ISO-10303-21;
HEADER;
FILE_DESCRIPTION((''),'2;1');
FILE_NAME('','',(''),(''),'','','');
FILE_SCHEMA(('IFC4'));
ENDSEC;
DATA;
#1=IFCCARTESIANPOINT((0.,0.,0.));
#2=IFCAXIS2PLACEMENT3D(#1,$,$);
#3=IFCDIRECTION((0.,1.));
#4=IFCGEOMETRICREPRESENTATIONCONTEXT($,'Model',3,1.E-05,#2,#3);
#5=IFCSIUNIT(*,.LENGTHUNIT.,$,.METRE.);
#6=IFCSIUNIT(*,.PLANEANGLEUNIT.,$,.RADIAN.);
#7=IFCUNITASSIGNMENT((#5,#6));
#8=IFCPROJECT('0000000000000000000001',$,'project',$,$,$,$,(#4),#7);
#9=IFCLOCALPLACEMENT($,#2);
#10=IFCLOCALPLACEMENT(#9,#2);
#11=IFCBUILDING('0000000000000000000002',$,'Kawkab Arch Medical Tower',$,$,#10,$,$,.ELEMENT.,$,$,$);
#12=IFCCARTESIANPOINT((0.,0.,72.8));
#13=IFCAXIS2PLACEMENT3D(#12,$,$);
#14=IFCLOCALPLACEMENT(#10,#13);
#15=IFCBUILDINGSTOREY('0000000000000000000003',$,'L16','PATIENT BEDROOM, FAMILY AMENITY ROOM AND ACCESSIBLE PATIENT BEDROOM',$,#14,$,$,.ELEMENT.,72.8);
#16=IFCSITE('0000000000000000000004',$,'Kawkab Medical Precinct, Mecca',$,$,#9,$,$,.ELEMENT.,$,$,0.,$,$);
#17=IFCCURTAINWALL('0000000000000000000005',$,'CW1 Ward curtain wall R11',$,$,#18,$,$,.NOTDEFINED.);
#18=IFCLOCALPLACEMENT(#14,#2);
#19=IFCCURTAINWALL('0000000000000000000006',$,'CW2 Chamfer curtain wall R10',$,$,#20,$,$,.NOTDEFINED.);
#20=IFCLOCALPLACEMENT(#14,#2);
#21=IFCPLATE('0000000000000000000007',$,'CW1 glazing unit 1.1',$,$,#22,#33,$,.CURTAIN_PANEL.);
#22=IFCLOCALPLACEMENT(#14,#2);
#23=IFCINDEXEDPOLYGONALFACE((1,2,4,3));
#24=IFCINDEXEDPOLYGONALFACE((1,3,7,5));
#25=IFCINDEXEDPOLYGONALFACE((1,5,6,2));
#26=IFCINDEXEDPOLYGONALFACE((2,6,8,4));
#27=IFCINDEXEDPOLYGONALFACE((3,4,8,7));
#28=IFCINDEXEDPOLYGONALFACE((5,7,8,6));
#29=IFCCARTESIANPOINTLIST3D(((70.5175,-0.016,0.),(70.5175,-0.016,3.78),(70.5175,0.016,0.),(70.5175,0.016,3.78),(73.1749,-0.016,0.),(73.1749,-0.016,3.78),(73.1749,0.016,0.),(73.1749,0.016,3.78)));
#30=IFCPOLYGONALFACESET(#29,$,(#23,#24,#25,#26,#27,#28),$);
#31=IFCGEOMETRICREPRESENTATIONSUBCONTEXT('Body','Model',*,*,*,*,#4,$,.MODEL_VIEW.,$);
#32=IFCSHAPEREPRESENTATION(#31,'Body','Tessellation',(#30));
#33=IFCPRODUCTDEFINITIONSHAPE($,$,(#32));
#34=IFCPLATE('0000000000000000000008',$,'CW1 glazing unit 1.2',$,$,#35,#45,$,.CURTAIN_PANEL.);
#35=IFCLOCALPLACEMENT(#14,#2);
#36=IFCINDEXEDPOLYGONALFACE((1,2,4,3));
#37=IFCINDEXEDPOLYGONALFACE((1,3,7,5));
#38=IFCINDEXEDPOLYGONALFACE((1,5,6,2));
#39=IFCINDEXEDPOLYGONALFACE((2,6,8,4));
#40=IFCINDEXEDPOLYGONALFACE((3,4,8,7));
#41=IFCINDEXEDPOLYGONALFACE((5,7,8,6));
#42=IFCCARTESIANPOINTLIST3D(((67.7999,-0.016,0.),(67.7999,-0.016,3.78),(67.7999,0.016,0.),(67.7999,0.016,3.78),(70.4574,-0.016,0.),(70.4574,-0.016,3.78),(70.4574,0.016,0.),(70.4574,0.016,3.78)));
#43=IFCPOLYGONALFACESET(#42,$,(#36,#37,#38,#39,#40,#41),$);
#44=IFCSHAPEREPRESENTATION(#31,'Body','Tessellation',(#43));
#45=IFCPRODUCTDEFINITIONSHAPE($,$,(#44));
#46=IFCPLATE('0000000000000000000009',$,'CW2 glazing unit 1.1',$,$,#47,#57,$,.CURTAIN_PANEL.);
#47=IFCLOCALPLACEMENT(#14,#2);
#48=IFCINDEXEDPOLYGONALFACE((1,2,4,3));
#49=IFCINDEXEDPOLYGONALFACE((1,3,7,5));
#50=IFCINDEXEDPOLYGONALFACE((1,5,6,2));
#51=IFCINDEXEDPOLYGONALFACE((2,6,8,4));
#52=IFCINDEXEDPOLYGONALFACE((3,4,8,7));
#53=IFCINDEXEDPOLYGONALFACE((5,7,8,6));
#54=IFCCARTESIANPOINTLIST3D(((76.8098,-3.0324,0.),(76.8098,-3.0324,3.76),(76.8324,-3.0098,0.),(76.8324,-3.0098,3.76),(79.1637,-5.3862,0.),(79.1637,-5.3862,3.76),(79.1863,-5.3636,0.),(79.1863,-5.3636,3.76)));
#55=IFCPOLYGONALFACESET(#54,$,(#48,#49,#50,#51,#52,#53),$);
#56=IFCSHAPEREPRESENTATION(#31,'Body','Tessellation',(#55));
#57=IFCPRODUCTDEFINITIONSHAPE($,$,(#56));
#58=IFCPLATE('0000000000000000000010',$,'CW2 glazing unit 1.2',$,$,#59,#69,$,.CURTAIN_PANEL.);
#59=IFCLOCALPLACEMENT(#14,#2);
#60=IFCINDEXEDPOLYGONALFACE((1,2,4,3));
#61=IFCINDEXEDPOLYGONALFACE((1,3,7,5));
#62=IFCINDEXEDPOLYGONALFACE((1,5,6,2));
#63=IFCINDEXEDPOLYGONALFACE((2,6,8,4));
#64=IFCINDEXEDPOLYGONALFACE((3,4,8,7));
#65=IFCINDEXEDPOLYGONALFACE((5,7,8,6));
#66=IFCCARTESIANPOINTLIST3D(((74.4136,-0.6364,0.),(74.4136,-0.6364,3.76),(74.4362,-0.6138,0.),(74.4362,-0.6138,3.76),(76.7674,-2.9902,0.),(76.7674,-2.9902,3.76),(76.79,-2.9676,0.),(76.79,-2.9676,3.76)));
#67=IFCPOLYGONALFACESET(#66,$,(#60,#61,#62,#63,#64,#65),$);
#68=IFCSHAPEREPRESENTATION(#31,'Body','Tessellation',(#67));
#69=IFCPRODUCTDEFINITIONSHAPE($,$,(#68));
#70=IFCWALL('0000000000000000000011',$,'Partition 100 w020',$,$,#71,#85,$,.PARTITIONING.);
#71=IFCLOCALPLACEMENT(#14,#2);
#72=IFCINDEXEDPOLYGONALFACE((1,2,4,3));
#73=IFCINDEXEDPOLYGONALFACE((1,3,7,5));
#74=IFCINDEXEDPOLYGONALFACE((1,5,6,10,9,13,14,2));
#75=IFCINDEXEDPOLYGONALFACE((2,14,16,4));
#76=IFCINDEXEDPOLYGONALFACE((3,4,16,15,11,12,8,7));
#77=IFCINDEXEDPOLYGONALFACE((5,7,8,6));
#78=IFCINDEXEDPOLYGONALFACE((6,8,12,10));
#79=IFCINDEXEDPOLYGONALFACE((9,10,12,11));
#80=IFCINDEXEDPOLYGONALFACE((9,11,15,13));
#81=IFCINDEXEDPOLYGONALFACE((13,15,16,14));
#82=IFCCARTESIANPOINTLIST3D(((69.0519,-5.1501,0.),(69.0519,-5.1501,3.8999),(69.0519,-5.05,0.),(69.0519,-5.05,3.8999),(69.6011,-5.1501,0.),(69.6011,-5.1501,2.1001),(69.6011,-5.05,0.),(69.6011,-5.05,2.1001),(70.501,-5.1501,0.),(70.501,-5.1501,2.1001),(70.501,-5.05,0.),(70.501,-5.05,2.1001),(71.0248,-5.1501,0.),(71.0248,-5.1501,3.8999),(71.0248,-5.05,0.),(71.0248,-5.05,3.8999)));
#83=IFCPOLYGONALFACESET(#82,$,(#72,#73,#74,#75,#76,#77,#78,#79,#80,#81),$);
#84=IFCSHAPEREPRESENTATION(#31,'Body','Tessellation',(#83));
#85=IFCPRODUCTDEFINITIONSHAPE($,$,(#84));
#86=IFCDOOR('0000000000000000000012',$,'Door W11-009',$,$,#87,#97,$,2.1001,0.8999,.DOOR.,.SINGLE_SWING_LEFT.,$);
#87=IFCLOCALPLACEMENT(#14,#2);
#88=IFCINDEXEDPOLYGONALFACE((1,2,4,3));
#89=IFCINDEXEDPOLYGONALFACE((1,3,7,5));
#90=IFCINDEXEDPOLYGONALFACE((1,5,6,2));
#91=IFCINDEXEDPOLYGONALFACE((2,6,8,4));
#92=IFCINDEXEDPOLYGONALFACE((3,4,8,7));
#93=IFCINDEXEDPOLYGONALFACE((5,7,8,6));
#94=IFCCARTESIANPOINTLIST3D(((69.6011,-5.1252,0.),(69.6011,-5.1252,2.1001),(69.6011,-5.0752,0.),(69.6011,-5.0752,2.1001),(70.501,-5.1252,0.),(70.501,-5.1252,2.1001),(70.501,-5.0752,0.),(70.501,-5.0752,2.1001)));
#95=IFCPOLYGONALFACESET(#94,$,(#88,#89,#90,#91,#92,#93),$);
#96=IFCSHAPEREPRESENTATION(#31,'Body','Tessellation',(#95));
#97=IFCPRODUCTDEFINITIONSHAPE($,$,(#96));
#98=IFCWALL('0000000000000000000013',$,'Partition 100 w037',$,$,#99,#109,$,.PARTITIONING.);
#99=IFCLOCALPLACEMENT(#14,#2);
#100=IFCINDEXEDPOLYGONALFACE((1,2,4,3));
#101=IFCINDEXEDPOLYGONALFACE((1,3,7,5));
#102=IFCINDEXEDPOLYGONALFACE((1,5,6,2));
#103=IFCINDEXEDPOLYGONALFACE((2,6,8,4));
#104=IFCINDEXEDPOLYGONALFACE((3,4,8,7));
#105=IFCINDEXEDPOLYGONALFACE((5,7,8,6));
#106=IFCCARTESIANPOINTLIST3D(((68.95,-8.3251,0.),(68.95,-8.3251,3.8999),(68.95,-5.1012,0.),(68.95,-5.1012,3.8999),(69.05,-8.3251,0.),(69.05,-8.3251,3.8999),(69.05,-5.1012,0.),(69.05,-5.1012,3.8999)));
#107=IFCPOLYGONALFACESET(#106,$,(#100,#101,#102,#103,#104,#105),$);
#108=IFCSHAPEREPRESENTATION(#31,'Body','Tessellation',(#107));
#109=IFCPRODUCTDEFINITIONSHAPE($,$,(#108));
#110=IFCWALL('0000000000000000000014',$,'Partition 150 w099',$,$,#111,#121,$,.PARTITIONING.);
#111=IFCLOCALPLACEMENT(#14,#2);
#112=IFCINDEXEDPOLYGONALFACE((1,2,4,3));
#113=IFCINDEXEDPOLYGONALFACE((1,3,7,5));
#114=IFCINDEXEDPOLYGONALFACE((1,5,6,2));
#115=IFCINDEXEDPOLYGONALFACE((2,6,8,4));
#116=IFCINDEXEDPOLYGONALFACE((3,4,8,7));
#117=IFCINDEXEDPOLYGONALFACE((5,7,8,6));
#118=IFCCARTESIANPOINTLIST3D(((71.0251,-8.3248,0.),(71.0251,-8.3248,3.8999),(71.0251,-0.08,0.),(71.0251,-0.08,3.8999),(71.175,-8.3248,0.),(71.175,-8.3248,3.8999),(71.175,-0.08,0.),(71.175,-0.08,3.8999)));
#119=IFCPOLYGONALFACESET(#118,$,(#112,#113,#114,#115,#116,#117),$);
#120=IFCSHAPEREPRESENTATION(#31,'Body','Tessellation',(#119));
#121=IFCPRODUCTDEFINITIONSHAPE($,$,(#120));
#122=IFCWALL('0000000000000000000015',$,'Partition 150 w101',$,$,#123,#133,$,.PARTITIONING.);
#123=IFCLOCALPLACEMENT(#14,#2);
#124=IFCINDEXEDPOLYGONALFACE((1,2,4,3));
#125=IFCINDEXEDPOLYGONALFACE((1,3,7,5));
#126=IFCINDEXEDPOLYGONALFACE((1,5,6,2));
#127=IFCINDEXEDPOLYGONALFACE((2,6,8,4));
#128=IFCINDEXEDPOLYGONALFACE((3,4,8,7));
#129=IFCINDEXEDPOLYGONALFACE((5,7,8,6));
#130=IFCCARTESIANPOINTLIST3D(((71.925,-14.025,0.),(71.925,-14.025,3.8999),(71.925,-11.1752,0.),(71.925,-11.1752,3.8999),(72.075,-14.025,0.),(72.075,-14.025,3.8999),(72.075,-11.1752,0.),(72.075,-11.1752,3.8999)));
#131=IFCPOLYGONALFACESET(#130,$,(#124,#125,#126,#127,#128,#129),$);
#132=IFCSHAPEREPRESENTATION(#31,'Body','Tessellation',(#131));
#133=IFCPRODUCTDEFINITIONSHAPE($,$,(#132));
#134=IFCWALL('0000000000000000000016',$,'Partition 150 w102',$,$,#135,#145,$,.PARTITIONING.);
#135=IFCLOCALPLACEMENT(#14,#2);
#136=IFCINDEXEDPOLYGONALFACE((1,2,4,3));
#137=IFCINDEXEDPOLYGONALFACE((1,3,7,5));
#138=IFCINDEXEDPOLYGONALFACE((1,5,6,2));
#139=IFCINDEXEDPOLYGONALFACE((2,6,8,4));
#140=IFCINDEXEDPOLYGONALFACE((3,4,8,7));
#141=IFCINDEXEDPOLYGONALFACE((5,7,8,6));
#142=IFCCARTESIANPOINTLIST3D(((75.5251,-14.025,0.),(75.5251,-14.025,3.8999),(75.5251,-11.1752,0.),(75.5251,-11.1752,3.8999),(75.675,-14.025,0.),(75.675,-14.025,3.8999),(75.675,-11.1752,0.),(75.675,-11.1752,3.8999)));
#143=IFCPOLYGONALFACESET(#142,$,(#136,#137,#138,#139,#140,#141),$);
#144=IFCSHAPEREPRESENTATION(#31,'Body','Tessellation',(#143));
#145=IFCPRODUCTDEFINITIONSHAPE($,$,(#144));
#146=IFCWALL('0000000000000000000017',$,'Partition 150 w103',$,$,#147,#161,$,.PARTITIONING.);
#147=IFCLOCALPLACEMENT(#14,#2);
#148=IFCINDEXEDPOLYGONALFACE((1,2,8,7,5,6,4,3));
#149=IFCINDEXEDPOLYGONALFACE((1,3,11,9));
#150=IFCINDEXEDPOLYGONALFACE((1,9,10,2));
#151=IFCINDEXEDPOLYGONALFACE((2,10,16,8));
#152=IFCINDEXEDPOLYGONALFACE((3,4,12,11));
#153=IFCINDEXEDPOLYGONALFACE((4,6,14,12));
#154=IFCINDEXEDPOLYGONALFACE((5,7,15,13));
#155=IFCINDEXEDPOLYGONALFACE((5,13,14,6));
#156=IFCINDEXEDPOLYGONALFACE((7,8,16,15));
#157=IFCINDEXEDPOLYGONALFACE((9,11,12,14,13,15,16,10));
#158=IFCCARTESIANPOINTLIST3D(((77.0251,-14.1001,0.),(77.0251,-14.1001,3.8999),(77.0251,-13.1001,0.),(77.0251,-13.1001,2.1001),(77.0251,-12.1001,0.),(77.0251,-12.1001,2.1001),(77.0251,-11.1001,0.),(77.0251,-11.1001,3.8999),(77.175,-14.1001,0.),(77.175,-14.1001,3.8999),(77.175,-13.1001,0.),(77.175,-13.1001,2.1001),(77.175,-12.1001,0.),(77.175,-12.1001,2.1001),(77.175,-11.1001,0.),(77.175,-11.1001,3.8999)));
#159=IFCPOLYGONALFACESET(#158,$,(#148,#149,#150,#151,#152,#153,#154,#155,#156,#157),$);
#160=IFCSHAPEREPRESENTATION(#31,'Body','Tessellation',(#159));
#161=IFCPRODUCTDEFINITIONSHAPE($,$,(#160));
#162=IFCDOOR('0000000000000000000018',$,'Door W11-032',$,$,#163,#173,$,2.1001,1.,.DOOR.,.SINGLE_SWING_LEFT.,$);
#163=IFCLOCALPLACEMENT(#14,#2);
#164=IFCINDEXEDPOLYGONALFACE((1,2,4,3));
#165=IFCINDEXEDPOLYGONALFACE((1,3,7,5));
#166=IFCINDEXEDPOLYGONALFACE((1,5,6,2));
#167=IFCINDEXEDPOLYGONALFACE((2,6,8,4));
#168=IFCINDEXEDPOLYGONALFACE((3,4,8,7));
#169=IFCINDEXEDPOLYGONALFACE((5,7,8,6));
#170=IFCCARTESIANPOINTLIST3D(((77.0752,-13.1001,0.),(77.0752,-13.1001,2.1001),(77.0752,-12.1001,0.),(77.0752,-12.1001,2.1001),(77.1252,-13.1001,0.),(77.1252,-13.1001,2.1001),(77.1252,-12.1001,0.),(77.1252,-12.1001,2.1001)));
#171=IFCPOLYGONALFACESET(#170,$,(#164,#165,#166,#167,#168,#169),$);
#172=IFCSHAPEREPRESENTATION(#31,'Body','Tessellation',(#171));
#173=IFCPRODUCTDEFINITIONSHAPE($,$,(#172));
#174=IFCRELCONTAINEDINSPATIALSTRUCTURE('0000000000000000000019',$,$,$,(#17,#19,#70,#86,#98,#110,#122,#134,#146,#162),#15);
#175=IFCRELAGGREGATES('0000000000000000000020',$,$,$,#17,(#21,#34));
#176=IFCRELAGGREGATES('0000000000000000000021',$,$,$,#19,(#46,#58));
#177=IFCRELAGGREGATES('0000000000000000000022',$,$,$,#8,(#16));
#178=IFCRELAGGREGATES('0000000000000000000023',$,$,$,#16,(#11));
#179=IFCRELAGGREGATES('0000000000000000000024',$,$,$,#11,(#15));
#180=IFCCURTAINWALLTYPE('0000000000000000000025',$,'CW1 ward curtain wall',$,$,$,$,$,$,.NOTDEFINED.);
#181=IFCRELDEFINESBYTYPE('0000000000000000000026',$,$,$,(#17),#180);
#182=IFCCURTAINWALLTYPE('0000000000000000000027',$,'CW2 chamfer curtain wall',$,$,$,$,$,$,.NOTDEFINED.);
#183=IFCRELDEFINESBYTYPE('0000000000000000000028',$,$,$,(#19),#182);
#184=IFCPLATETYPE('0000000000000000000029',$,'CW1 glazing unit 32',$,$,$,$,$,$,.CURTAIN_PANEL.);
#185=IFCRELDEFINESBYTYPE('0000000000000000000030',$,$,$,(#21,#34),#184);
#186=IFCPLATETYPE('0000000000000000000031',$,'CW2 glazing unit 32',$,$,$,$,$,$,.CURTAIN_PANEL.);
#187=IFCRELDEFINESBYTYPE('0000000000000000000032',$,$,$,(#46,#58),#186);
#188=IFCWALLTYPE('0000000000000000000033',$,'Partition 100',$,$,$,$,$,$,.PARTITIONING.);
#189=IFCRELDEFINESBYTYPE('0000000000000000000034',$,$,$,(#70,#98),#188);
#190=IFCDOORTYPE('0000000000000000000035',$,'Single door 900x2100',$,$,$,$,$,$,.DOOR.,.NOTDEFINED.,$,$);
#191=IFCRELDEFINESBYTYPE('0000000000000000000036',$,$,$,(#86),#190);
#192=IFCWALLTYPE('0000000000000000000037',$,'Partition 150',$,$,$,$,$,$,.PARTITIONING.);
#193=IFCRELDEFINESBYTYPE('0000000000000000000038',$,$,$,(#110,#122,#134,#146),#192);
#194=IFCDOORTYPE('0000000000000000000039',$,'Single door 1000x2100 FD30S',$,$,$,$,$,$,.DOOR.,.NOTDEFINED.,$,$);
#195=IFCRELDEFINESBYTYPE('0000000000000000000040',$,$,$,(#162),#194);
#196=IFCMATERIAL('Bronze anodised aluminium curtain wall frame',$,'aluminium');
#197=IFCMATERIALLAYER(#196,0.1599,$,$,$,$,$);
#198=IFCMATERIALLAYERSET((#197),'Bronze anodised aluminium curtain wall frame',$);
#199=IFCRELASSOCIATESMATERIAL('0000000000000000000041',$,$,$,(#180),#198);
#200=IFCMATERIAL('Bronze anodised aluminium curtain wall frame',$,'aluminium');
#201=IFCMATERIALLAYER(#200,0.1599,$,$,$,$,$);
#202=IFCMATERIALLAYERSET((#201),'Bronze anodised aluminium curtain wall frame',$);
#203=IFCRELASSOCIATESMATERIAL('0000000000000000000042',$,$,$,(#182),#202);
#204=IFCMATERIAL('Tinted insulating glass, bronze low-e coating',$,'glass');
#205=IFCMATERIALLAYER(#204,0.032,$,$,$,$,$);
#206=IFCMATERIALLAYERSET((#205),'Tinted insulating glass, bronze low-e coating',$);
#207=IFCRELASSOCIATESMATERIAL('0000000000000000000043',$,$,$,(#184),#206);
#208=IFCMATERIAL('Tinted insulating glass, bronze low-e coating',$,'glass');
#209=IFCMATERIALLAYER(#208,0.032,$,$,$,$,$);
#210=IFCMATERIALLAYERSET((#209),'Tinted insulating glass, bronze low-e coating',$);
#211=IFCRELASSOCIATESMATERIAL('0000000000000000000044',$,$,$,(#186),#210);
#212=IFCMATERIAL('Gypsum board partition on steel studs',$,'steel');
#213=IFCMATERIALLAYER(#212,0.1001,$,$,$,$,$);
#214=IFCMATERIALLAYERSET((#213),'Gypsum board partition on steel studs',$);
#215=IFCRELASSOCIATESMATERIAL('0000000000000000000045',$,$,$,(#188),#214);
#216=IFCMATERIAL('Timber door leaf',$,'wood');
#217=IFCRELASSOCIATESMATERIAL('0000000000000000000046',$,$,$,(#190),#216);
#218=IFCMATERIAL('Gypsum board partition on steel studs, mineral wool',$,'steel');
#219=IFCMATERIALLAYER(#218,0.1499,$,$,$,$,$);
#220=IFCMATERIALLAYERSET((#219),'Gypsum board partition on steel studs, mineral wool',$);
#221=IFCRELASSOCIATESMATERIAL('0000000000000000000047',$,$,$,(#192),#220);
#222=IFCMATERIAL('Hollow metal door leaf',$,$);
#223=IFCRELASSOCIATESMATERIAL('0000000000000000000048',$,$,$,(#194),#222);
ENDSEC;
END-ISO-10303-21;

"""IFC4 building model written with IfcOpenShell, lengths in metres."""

from ifc_helpers import new_model, si_unit, direction, frame, frame_2d, origin, origin_2d, place, context, subcontext, project, spatial, rectangle, extrude, material, layer, layer_set, type_object, element, fill, aggregate, save


model = new_model("IFC4")

# Units and contexts
model_context = context("Model", 3, precision=1e-05, world=origin(), true_north=direction((0.0, 1.0)))
body_context = subcontext(model_context, "Body", "Model", "MODEL_VIEW")
ifc_project = project(units=[si_unit("LENGTHUNIT", "METRE"), si_unit("PLANEANGLEUNIT", "RADIAN")], contexts=[model_context])

# Site, building, storey
site_placement = place(None, origin())
site = spatial("IfcSite", under=ifc_project, at=site_placement, Name="Kawkab Medical Precinct, Mecca", CompositionType="ELEMENT", RefElevation=0.0)
building_placement = place(site_placement, origin())
building = spatial("IfcBuilding", under=site, at=building_placement, Name="Kawkab Arch Medical Tower", CompositionType="ELEMENT")
storey_placement = place(building_placement, frame((0.0, 0.0, 72.8)))
storey = spatial("IfcBuildingStorey", under=building, at=storey_placement, Name="L16", Description="PATIENT BEDROOM, FAMILY AMENITY ROOM AND ACCESSIBLE PATIENT BEDROOM", CompositionType="ELEMENT", Elevation=72.8)

# Curtain walls
ifc_material_1 = material(Name="Bronze anodised aluminium curtain wall frame", Category="aluminium")
ifc_layer_1 = layer(ifc_material_1, 0.1599)
ifc_layer_set_1 = layer_set([ifc_layer_1], Name="Bronze anodised aluminium curtain wall frame")
curtain_wall_type_1 = type_object("IfcCurtainWallType", Name="CW1 ward curtain wall", PredefinedType="NOTDEFINED", material=ifc_layer_set_1)
placement = place(storey_placement, origin())
curtain_wall_1 = element("IfcCurtainWall", 1, at=placement, inside=storey, type_object=curtain_wall_type_1, Name="CW1 Ward curtain wall R11", PredefinedType="NOTDEFINED")
ifc_material_2 = material(Name="Bronze anodised aluminium curtain wall frame", Category="aluminium")
ifc_layer_2 = layer(ifc_material_2, 0.1599)
ifc_layer_set_2 = layer_set([ifc_layer_2], Name="Bronze anodised aluminium curtain wall frame")
curtain_wall_type_2 = type_object("IfcCurtainWallType", Name="CW2 chamfer curtain wall", PredefinedType="NOTDEFINED", material=ifc_layer_set_2)
curtain_wall_2 = element("IfcCurtainWall", 2, at=placement, inside=storey, type_object=curtain_wall_type_2, Name="CW2 Chamfer curtain wall R10", PredefinedType="NOTDEFINED")

# Plates
ifc_material_3 = material(Name="Tinted insulating glass, bronze low-e coating", Category="glass")
ifc_layer_3 = layer(ifc_material_3, 0.032)
ifc_layer_set_3 = layer_set([ifc_layer_3], Name="Tinted insulating glass, bronze low-e coating")
plate_type_1 = type_object("IfcPlateType", Name="CW1 glazing unit 32", PredefinedType="CURTAIN_PANEL", material=ifc_layer_set_3)
plate_1_placement = place(storey_placement, frame((71.8462, 0.0, 0.0), z_axis=(0.0, 0.0, 1.0), x_axis=(-1.0, 0.0, 0.0)))
plate_1 = element("IfcPlate", 3, at=plate_1_placement, type_object=plate_type_1, Name="CW1 glazing unit 1.1", PredefinedType="CURTAIN_PANEL", context=body_context, shape_type="SweptSolid", body=[
    extrude(rectangle(XDim=2.6575, YDim=0.032, at=origin_2d()), origin(), (0.0, 0.0, 1.0), 3.78),
])
plate_2_placement = place(storey_placement, frame((69.1287, 0.0, 0.0), z_axis=(0.0, 0.0, 1.0), x_axis=(-1.0, 0.0, 0.0)))
plate_2 = element("IfcPlate", 4, at=plate_2_placement, type_object=plate_type_1, Name="CW1 glazing unit 1.2", PredefinedType="CURTAIN_PANEL", context=body_context, shape_type="SweptSolid", body=[
    extrude(rectangle(XDim=2.6575, YDim=0.032, at=origin_2d()), origin(), (0.0, 0.0, 1.0), 3.78),
])
aggregate(curtain_wall_1, [plate_1, plate_2])
ifc_material_4 = material(Name="Tinted insulating glass, bronze low-e coating", Category="glass")
ifc_layer_4 = layer(ifc_material_4, 0.032)
ifc_layer_set_4 = layer_set([ifc_layer_4], Name="Tinted insulating glass, bronze low-e coating")
plate_type_2 = type_object("IfcPlateType", Name="CW2 glazing unit 32", PredefinedType="CURTAIN_PANEL", material=ifc_layer_set_4)
plate_3_placement = place(storey_placement, frame((77.998, -4.198, 0.0), z_axis=(0.0, 0.0, 1.0), x_axis=(-0.707107, 0.707107, 0.0)))
plate_3 = element("IfcPlate", 5, at=plate_3_placement, type_object=plate_type_2, Name="CW2 glazing unit 1.1", PredefinedType="CURTAIN_PANEL", context=body_context, shape_type="SweptSolid", body=[
    extrude(rectangle(XDim=3.3289, YDim=0.032, at=origin_2d()), origin(), (0.0, 0.0, 1.0), 3.76),
])
plate_4_placement = place(storey_placement, frame((75.6018, -1.802, 0.0), z_axis=(0.0, 0.0, 1.0), x_axis=(-0.707107, 0.707107, 0.0)))
plate_4 = element("IfcPlate", 6, at=plate_4_placement, type_object=plate_type_2, Name="CW2 glazing unit 1.2", PredefinedType="CURTAIN_PANEL", context=body_context, shape_type="SweptSolid", body=[
    extrude(rectangle(XDim=3.3289, YDim=0.032, at=origin_2d()), origin(), (0.0, 0.0, 1.0), 3.76),
])
aggregate(curtain_wall_2, [plate_3, plate_4])

# Wall, opening, door
ifc_material_5 = material(Name="Gypsum board partition on steel studs", Category="steel")
ifc_layer_5 = layer(ifc_material_5, 0.1001)
ifc_layer_set_5 = layer_set([ifc_layer_5], Name="Gypsum board partition on steel studs")
wall_type_1 = type_object("IfcWallType", Name="Partition 100", PredefinedType="PARTITIONING", material=ifc_layer_set_5)
wall_1_placement = place(storey_placement, frame((69.052, -5.1001, 0.0), z_axis=(0.0, 0.0, 1.0), x_axis=(1.0, 0.0, 0.0)))
wall_1 = element("IfcWall", 7, at=wall_1_placement, inside=storey, type_object=wall_type_1, Name="Partition 100 w020", PredefinedType="PARTITIONING", context=body_context, shape_type="SweptSolid", body=[
    extrude(rectangle(XDim=1.9729, YDim=0.1001, at=frame_2d((0.9863, 0.0))), origin(), (0.0, 0.0, 1.0), 3.8999),
])
opening_1_placement = place(wall_1_placement, frame((0.5491, 0.0, 0.0)))
opening_1 = element("IfcOpeningElement", 8, at=opening_1_placement, cuts=wall_1, PredefinedType="OPENING", context=body_context, shape_type="SweptSolid", body=[
    extrude(rectangle(XDim=0.8999, YDim=2.1001, at=frame_2d((0.45, 1.05))), frame((0.0, 0.0601, 0.0), z_axis=(0.0, -1.0, 0.0), x_axis=(1.0, 0.0, 0.0)), (0.0, 0.0, 1.0), 0.1201),
])
ifc_material_6 = material(Name="Timber door leaf", Category="wood")
door_type_1 = type_object("IfcDoorType", Name="Single door 900x2100", OperationType="NOTDEFINED", PredefinedType="DOOR", material=ifc_material_6)
door_1_placement = place(opening_1_placement, origin())
door_1 = element("IfcDoor", 9, at=door_1_placement, inside=storey, type_object=door_type_1, Name="Door W11-009", OperationType="SINGLE_SWING_LEFT", OverallHeight=2.1001, OverallWidth=0.8999, PredefinedType="DOOR", context=body_context, shape_type="SweptSolid", body=[
    extrude(rectangle(XDim=0.8999, YDim=2.1001, at=frame_2d((0.45, 1.05))), frame((0.0, 0.0249, 0.0), z_axis=(0.0, -1.0, 0.0), x_axis=(1.0, 0.0, 0.0)), (0.0, 0.0, 1.0), 0.05),
])
fill(opening_1, door_1)

# Walls
wall_2_placement = place(storey_placement, frame((69.0, -8.325, 0.0), z_axis=(0.0, 0.0, 1.0), x_axis=(0.0, 1.0, 0.0)))
element("IfcWall", 10, at=wall_2_placement, inside=storey, type_object=wall_type_1, Name="Partition 100 w037", PredefinedType="PARTITIONING", context=body_context, shape_type="SweptSolid", body=[
    extrude(rectangle(XDim=3.2239, YDim=0.1001, at=frame_2d((1.6118, 0.0))), origin(), (0.0, 0.0, 1.0), 3.8999),
])
ifc_material_7 = material(Name="Gypsum board partition on steel studs, mineral wool", Category="steel")
ifc_layer_6 = layer(ifc_material_7, 0.1499)
ifc_layer_set_6 = layer_set([ifc_layer_6], Name="Gypsum board partition on steel studs, mineral wool")
wall_type_2 = type_object("IfcWallType", Name="Partition 150", PredefinedType="PARTITIONING", material=ifc_layer_set_6)
wall_3_placement = place(storey_placement, frame((71.1001, -8.325, 0.0), z_axis=(0.0, 0.0, 1.0), x_axis=(0.0, 1.0, 0.0)))
element("IfcWall", 11, at=wall_3_placement, inside=storey, type_object=wall_type_2, Name="Partition 150 w099", PredefinedType="PARTITIONING", context=body_context, shape_type="SweptSolid", body=[
    extrude(rectangle(XDim=8.2449, YDim=0.1499, at=frame_2d((4.1226, 0.0))), origin(), (0.0, 0.0, 1.0), 3.8999),
])
for number, where, z_axis, x_axis, name in (
    (12, (72.0, -14.0249, 0.0), (0.0, 0.0, 1.0), (0.0, 1.0, 0.0), "Partition 150 w101"),
    (13, (75.6001, -14.0249, 0.0), (0.0, 0.0, 1.0), (0.0, 1.0, 0.0), "Partition 150 w102"),
):
    element("IfcWall", number, at=place(storey_placement, frame(where, z_axis=z_axis, x_axis=x_axis)), inside=storey, type_object=wall_type_2, Name=name, PredefinedType="PARTITIONING", context=body_context, shape_type="SweptSolid", body=[
        extrude(rectangle(XDim=2.8499, YDim=0.1499, at=frame_2d((1.4248, 0.0))), origin(), (0.0, 0.0, 1.0), 3.8999),
    ])

# Wall, opening, door
wall_4_placement = place(storey_placement, frame((77.1001, -14.1001, 0.0), z_axis=(0.0, 0.0, 1.0), x_axis=(0.0, 1.0, 0.0)))
wall_4 = element("IfcWall", 14, at=wall_4_placement, inside=storey, type_object=wall_type_2, Name="Partition 150 w103", PredefinedType="PARTITIONING", context=body_context, shape_type="SweptSolid", body=[
    extrude(rectangle(XDim=3.0, YDim=0.1499, at=frame_2d((1.5, 0.0))), origin(), (0.0, 0.0, 1.0), 3.8999),
])
opening_2_placement = place(wall_4_placement, frame((1.0, 0.0, 0.0)))
opening_2 = element("IfcOpeningElement", 15, at=opening_2_placement, cuts=wall_4, PredefinedType="OPENING", context=body_context, shape_type="SweptSolid", body=[
    extrude(rectangle(XDim=1.0, YDim=2.1001, at=frame_2d((0.5, 1.05))), frame((0.0, 0.085, 0.0), z_axis=(0.0, -1.0, 0.0), x_axis=(1.0, 0.0, 0.0)), (0.0, 0.0, 1.0), 0.1699),
])
ifc_material_8 = material(Name="Hollow metal door leaf")
door_type_2 = type_object("IfcDoorType", Name="Single door 1000x2100 FD30S", OperationType="NOTDEFINED", PredefinedType="DOOR", material=ifc_material_8)
door_2_placement = place(opening_2_placement, origin())
door_2 = element("IfcDoor", 16, at=door_2_placement, inside=storey, type_object=door_type_2, Name="Door W11-032", OperationType="SINGLE_SWING_LEFT", OverallHeight=2.1001, OverallWidth=1.0, PredefinedType="DOOR", context=body_context, shape_type="SweptSolid", body=[
    extrude(rectangle(XDim=1.0, YDim=2.1001, at=frame_2d((0.5, 1.05))), frame((0.0, 0.0249, 0.0), z_axis=(0.0, -1.0, 0.0), x_axis=(1.0, 0.0, 0.0)), (0.0, 0.0, 1.0), 0.05),
])
fill(opening_2, door_2)

save(model, "model.ifc")
